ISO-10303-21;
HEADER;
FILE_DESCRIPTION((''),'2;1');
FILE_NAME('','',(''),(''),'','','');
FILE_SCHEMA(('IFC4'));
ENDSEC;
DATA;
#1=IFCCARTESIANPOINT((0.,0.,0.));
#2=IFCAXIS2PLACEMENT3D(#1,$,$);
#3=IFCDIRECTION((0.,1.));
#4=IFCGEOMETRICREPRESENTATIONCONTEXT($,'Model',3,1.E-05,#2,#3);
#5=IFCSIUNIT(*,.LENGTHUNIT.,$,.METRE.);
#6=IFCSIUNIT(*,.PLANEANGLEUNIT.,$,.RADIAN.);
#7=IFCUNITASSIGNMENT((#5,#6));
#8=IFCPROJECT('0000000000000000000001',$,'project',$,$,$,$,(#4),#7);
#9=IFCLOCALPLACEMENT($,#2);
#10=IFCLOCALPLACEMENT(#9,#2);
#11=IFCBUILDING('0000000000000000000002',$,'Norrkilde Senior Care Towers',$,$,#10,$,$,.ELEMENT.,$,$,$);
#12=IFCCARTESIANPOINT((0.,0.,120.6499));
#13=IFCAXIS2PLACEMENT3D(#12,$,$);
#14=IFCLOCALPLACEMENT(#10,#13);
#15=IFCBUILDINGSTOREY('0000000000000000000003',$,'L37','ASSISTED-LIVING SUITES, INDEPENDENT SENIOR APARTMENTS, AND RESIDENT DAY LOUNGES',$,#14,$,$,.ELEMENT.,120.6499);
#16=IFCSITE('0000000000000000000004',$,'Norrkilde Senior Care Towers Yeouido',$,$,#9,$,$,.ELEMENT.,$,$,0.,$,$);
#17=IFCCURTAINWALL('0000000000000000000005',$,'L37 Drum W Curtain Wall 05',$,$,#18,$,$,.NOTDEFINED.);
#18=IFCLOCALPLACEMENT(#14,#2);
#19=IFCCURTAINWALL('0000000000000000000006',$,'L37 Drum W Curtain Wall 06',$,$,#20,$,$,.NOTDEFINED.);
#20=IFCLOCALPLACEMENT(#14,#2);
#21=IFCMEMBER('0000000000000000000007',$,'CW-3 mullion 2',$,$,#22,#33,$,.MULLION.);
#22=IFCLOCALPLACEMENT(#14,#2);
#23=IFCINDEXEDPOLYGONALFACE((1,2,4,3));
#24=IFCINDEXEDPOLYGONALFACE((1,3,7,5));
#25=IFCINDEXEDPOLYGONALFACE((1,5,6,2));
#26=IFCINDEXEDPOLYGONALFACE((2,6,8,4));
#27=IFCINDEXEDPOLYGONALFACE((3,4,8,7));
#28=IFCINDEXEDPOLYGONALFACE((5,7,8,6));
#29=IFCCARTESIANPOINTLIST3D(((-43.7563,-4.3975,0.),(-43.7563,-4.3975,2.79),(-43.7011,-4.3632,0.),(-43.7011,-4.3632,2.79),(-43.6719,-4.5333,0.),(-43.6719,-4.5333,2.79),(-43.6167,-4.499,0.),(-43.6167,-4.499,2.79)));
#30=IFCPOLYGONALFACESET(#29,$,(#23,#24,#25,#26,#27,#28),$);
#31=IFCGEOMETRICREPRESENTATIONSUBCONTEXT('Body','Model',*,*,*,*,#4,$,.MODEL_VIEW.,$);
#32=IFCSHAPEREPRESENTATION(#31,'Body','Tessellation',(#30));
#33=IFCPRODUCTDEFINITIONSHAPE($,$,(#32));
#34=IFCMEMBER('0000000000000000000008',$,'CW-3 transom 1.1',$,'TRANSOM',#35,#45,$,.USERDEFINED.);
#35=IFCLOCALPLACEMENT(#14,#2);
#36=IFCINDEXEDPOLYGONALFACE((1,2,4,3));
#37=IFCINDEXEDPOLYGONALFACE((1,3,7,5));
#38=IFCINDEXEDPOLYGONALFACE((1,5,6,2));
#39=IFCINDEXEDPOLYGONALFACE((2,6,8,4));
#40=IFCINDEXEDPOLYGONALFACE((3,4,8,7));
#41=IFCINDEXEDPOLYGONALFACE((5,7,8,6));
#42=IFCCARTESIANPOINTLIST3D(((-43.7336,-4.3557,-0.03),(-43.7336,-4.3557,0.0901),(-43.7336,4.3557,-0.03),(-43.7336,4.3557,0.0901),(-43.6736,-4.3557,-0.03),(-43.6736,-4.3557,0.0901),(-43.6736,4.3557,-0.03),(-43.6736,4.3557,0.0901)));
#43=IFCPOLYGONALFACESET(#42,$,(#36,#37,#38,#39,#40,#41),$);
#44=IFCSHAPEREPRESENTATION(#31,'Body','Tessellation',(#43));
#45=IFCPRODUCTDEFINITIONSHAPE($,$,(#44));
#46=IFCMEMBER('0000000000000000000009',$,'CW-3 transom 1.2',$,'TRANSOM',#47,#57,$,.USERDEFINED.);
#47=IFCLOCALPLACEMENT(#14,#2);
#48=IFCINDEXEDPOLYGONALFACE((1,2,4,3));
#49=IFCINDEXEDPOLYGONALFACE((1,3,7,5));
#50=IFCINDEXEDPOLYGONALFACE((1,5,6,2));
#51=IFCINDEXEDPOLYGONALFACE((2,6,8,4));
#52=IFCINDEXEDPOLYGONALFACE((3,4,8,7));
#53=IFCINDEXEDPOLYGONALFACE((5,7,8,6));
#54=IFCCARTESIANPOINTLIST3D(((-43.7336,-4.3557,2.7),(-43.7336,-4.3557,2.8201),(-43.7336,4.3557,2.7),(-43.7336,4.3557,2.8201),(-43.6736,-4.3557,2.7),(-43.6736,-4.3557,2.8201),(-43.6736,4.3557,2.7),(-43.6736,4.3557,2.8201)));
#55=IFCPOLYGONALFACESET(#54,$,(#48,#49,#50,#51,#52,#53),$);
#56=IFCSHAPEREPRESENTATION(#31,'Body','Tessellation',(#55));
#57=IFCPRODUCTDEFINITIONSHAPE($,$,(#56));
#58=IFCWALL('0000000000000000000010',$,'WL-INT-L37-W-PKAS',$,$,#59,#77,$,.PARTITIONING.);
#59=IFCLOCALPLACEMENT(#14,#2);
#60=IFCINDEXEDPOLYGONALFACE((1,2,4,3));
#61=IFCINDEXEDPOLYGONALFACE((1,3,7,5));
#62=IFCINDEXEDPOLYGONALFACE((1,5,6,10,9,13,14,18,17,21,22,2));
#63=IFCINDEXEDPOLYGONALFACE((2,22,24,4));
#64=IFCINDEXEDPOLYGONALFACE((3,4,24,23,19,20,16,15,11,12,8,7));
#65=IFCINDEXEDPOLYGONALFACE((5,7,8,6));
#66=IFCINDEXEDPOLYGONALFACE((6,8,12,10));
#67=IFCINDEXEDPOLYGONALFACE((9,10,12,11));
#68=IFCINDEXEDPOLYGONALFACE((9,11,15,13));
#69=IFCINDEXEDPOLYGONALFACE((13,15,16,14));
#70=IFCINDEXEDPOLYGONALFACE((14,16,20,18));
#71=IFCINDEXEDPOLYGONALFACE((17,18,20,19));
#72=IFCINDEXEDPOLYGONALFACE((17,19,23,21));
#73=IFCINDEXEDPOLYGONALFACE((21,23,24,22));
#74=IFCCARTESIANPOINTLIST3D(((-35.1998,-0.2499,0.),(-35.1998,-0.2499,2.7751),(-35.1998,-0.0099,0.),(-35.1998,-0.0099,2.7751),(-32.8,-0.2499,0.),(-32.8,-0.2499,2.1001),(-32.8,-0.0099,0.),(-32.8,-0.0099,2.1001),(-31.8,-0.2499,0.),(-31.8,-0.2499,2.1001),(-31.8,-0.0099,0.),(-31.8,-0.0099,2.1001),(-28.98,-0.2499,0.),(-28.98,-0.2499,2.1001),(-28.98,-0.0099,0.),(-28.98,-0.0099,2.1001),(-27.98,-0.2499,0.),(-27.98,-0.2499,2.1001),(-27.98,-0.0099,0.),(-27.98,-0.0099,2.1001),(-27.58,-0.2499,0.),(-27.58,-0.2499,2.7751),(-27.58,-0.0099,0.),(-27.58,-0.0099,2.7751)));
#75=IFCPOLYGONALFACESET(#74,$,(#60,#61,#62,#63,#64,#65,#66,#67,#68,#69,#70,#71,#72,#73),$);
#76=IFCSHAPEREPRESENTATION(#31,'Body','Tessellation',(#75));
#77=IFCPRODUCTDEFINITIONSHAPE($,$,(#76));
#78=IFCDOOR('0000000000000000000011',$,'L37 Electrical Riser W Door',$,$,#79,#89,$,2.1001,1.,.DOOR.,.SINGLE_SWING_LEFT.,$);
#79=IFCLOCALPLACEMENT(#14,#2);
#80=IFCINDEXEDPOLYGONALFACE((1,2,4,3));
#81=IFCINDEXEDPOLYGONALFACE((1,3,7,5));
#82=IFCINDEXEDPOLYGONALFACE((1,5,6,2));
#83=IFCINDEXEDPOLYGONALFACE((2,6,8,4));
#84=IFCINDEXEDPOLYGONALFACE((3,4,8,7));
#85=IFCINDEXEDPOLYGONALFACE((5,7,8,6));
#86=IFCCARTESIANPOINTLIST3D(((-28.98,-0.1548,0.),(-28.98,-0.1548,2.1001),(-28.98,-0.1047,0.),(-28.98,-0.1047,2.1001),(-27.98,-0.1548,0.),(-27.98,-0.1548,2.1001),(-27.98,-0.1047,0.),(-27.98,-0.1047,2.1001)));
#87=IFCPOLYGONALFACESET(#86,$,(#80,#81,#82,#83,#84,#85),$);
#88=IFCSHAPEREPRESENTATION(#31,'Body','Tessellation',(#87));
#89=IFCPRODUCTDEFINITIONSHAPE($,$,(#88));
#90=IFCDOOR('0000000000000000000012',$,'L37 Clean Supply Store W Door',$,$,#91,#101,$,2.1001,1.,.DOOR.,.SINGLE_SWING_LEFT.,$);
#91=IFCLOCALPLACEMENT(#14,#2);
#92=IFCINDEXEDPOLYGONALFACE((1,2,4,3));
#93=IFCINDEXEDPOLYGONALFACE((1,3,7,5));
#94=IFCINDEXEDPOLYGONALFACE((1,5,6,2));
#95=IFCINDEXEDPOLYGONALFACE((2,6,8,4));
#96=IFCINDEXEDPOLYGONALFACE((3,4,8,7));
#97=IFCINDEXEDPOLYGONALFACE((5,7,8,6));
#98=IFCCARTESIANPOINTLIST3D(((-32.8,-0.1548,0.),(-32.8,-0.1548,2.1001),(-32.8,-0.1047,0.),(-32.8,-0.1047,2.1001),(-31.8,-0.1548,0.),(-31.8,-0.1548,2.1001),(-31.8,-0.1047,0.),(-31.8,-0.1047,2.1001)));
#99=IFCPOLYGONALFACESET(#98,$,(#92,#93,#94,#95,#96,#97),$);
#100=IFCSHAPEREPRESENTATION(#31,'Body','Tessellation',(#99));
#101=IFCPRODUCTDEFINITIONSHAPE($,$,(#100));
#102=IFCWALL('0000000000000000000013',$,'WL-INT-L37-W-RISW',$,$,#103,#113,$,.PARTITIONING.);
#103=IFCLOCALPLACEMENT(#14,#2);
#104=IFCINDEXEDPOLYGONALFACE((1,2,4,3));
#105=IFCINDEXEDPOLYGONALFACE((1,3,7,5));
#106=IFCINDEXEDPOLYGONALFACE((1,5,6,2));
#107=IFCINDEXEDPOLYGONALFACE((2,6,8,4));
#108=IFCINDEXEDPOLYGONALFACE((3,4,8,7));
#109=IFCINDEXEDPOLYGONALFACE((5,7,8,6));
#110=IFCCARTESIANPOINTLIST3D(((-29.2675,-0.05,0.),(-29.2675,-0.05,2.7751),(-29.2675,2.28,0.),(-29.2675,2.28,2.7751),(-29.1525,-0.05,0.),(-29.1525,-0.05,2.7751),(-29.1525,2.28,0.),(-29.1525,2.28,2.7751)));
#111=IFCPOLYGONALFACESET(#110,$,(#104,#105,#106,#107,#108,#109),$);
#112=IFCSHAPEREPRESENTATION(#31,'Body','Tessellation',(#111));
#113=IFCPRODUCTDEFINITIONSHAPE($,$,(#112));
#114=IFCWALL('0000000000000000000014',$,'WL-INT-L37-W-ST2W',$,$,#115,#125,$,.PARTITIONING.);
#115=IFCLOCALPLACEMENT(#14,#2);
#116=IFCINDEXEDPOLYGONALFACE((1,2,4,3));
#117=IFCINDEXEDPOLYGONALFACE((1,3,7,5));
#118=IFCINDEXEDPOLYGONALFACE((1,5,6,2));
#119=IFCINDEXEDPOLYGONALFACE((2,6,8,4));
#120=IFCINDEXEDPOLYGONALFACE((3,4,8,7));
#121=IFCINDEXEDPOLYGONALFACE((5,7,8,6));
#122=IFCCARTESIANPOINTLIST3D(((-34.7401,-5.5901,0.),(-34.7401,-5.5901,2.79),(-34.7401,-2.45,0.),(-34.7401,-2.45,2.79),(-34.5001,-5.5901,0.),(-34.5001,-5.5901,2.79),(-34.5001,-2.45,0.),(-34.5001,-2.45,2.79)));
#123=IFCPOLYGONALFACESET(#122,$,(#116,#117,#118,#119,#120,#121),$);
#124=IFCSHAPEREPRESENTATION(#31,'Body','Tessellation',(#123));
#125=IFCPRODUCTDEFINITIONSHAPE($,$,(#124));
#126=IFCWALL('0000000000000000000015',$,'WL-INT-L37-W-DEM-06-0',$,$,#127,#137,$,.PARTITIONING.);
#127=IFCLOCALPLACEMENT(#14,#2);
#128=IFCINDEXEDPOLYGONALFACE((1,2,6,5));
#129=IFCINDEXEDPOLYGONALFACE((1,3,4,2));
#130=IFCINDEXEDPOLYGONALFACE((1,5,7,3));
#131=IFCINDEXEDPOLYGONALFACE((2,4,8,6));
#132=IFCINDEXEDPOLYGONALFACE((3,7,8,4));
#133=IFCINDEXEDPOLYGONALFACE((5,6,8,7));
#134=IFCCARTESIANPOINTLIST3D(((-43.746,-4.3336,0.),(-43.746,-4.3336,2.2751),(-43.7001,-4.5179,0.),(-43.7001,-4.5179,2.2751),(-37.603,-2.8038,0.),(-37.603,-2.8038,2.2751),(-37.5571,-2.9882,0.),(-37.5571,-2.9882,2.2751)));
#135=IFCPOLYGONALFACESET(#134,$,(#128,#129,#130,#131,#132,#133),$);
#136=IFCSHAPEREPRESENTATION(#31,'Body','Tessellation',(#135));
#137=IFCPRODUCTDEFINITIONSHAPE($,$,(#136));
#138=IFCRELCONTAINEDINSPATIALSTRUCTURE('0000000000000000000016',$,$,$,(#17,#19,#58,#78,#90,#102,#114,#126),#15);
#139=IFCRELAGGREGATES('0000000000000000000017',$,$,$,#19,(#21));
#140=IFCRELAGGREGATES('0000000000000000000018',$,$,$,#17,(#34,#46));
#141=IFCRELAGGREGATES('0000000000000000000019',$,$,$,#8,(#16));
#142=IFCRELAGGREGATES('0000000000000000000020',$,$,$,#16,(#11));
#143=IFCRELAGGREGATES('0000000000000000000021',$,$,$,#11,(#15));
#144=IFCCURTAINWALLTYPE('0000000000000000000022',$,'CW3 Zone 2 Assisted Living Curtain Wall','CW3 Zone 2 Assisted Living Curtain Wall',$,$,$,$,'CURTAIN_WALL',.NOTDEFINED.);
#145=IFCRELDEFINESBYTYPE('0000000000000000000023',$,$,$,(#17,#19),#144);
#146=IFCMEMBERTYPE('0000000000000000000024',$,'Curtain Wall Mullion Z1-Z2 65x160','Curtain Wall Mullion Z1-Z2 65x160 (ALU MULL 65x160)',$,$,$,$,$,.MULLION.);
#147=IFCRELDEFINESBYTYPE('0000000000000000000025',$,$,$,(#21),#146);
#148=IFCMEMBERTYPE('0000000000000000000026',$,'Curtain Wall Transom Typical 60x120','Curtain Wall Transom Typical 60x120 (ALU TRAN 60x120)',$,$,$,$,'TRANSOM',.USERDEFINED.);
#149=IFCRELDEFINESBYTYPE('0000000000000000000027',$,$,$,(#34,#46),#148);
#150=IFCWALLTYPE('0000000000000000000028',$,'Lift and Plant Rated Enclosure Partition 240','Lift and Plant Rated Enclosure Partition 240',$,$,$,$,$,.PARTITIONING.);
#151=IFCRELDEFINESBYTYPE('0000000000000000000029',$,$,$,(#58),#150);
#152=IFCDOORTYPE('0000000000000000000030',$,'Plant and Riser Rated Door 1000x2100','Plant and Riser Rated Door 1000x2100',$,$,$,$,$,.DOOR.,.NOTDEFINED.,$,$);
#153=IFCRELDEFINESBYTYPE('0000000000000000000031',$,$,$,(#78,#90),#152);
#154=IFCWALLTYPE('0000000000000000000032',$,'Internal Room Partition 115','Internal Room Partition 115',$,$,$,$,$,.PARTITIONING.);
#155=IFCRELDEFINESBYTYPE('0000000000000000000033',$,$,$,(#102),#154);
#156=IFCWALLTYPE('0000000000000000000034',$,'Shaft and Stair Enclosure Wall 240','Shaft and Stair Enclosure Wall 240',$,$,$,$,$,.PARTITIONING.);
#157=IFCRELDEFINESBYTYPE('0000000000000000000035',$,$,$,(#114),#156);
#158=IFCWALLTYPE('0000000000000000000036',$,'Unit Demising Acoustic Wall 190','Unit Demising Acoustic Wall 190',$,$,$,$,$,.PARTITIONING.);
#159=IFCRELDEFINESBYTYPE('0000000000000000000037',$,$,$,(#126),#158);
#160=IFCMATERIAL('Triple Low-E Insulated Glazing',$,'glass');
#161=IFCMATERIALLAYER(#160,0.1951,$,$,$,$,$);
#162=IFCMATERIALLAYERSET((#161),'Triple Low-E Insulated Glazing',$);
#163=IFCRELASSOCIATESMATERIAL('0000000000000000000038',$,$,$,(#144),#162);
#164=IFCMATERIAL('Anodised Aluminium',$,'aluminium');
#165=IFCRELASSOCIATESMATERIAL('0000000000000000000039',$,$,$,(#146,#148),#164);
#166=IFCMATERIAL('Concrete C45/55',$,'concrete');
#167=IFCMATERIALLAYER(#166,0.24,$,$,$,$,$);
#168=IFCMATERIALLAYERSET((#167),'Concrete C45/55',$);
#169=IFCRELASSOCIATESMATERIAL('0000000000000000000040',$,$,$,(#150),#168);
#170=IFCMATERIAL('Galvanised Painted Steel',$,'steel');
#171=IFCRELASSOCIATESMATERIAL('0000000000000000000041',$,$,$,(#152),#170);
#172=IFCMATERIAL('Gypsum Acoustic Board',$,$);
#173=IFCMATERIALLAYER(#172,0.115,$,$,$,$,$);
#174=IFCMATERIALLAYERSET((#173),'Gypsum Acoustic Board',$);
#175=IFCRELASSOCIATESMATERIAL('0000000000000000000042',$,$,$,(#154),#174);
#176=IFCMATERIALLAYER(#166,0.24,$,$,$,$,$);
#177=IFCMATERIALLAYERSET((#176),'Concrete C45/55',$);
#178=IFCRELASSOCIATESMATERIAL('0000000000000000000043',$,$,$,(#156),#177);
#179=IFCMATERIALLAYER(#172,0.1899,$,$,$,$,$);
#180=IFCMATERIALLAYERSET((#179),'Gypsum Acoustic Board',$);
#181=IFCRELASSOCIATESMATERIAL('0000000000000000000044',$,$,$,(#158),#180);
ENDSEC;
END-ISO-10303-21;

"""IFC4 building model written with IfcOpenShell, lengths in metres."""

from ifc_helpers import new_model, si_unit, direction, frame, frame_2d, origin, origin_2d, place, context, subcontext, project, spatial, rectangle, extrude, source, transform, mapped, material, layer, layer_set, material_profile, profile_set, type_object, type_shapes, element, fill, aggregate, save


model = new_model("IFC4")

# Units and contexts
model_context = context("Model", 3, precision=1e-05, world=origin(), true_north=direction((0.0, 1.0)))
body_context = subcontext(model_context, "Body", "Model", "MODEL_VIEW")
ifc_project = project(units=[si_unit("LENGTHUNIT", "METRE"), si_unit("PLANEANGLEUNIT", "RADIAN")], contexts=[model_context])

# Site, building, storey
site_placement = place(None, origin())
site = spatial("IfcSite", under=ifc_project, at=site_placement, Name="Norrkilde Senior Care Towers Yeouido", CompositionType="ELEMENT", RefElevation=0.0)
building_placement = place(site_placement, origin())
building = spatial("IfcBuilding", under=site, at=building_placement, Name="Norrkilde Senior Care Towers", CompositionType="ELEMENT")
storey_placement = place(building_placement, frame((0.0, 0.0, 120.6499)))
storey = spatial("IfcBuildingStorey", under=building, at=storey_placement, Name="L37", Description="ASSISTED-LIVING SUITES, INDEPENDENT SENIOR APARTMENTS, AND RESIDENT DAY LOUNGES", CompositionType="ELEMENT", Elevation=120.6499)

# Curtain walls, member
ifc_material_1 = material(Name="Triple Low-E Insulated Glazing", Category="glass")
ifc_layer_1 = layer(ifc_material_1, 0.1951)
ifc_layer_set_1 = layer_set([ifc_layer_1], Name="Triple Low-E Insulated Glazing")
curtain_wall_type = type_object("IfcCurtainWallType", Name="CW3 Zone 2 Assisted Living Curtain Wall", Description="CW3 Zone 2 Assisted Living Curtain Wall", ElementType="CURTAIN_WALL", PredefinedType="NOTDEFINED", material=ifc_layer_set_1)
curtain_wall_1_placement = place(storey_placement, origin())
curtain_wall_1 = element("IfcCurtainWall", 1, at=curtain_wall_1_placement, inside=storey, type_object=curtain_wall_type, Name="L37 Drum W Curtain Wall 05", PredefinedType="NOTDEFINED")
ifc_material_2 = material(Name="Anodised Aluminium", Category="aluminium")
ifc_material_profile_1 = material_profile(ifc_material_2, rectangle(XDim=0.0649, YDim=0.1599, at=origin_2d()), Name="ALU MULL 65x160")
ifc_profile_set_1 = profile_set([ifc_material_profile_1], Name="Anodised Aluminium")
member_type_1 = type_object("IfcMemberType", Name="Curtain Wall Mullion Z1-Z2 65x160", Description="Curtain Wall Mullion Z1-Z2 65x160 (ALU MULL 65x160)", PredefinedType="MULLION", material=ifc_profile_set_1)
shared_shape_1 = source(origin(), body_context, "Body", "SweptSolid", [
    extrude(rectangle(XDim=0.0649, YDim=0.1599, at=origin_2d()), origin(), (0.0, 0.0, 1.0), 2.79),
])
type_shapes(member_type_1, [shared_shape_1])
curtain_wall_2_placement = place(storey_placement, origin())
curtain_wall_2 = element("IfcCurtainWall", 2, at=curtain_wall_2_placement, inside=storey, type_object=curtain_wall_type, Name="L37 Drum W Curtain Wall 06", PredefinedType="NOTDEFINED")
member_1_placement = place(storey_placement, frame((-43.6865, -4.4482, 0.0), z_axis=(0.0, 0.0, 1.0), x_axis=(-0.84941, -0.527733, 0.0)))
member_1 = element("IfcMember", 3, at=member_1_placement, type_object=member_type_1, Name="CW-3 mullion 2", PredefinedType="MULLION", context=body_context, shape_type="MappedRepresentation", body=[
    mapped(shared_shape_1, transform((0.0, 0.0, 0.0), x_axis=(1.0, 0.0, 0.0), y_axis=(0.0, 1.0, 0.0), z_axis=(0.0, 0.0, 1.0), scale=1.0)),
])
aggregate(curtain_wall_2, [member_1])

# Members
ifc_material_profile_2 = material_profile(ifc_material_2, rectangle(XDim=0.0601, YDim=0.1201, at=origin_2d()), Name="ALU TRAN 60x120")
ifc_profile_set_2 = profile_set([ifc_material_profile_2], Name="Anodised Aluminium")
member_type_2 = type_object("IfcMemberType", Name="Curtain Wall Transom Typical 60x120", Description="Curtain Wall Transom Typical 60x120 (ALU TRAN 60x120)", ElementType="TRANSOM", PredefinedType="USERDEFINED", material=ifc_profile_set_2)
shared_shape_2 = source(origin(), body_context, "Body", "SweptSolid", [
    extrude(rectangle(XDim=0.0601, YDim=0.1201, at=origin_2d()), origin(), (0.0, 0.0, 1.0), 8.7114),
])
type_shapes(member_type_2, [shared_shape_2])
member_2_placement = place(storey_placement, frame((-43.7036, -4.3557, 0.03), z_axis=(0.0, 1.0, 0.0), x_axis=(-1.0, 0.0, 0.0)))
member_2 = element("IfcMember", 4, at=member_2_placement, type_object=member_type_2, Name="CW-3 transom 1.1", ObjectType="TRANSOM", PredefinedType="USERDEFINED", context=body_context, shape_type="MappedRepresentation", body=[
    mapped(shared_shape_2, transform((0.0, 0.0, 0.0), x_axis=(1.0, 0.0, 0.0), y_axis=(0.0, 1.0, 0.0), z_axis=(0.0, 0.0, 1.0), scale=1.0)),
])
member_3_placement = place(storey_placement, frame((-43.7036, -4.3557, 2.76), z_axis=(0.0, 1.0, 0.0), x_axis=(-1.0, 0.0, 0.0)))
member_3 = element("IfcMember", 5, at=member_3_placement, type_object=member_type_2, Name="CW-3 transom 1.2", ObjectType="TRANSOM", PredefinedType="USERDEFINED", context=body_context, shape_type="MappedRepresentation", body=[
    mapped(shared_shape_2, transform((0.0, 0.0, 0.0), x_axis=(1.0, 0.0, 0.0), y_axis=(0.0, 1.0, 0.0), z_axis=(0.0, 0.0, 1.0), scale=1.0)),
])
aggregate(curtain_wall_1, [member_2, member_3])

# Shared definitions
ifc_material_3 = material(Name="Galvanised Painted Steel", Category="steel")

# Wall, openings, doors
ifc_material_4 = material(Name="Concrete C45/55", Category="concrete")
ifc_layer_2 = layer(ifc_material_4, 0.24)
ifc_layer_set_2 = layer_set([ifc_layer_2], Name="Concrete C45/55")
wall_type_1 = type_object("IfcWallType", Name="Lift and Plant Rated Enclosure Partition 240", Description="Lift and Plant Rated Enclosure Partition 240", PredefinedType="PARTITIONING", material=ifc_layer_set_2)
shared_shape_3 = source(origin(), body_context, "Body", "SweptSolid", [
    extrude(rectangle(XDim=7.6199, YDim=0.24, at=frame_2d((3.8101, 0.0))), origin(), (0.0, 0.0, 1.0), 2.7751),
])
type_shapes(wall_type_1, [shared_shape_3])
wall_1_placement = place(storey_placement, frame((-35.2, -0.1299, 0.0), z_axis=(0.0, 0.0, 1.0), x_axis=(1.0, 0.0, 0.0)))
wall_1 = element("IfcWall", 6, at=wall_1_placement, inside=storey, type_object=wall_type_1, Name="WL-INT-L37-W-PKAS", PredefinedType="PARTITIONING", context=body_context, shape_type="MappedRepresentation", body=[
    mapped(shared_shape_3, transform((0.0, 0.0, 0.0), x_axis=(1.0, 0.0, 0.0), y_axis=(0.0, 1.0, 0.0), z_axis=(0.0, 0.0, 1.0), scale=1.0)),
])
opening_1_placement = place(wall_1_placement, frame((6.22, 0.0, 0.0)))
opening_1 = element("IfcOpeningElement", 7, at=opening_1_placement, cuts=wall_1, PredefinedType="OPENING", context=body_context, shape_type="SweptSolid", body=[
    extrude(rectangle(XDim=1.0, YDim=2.1001, at=frame_2d((0.5, 1.05))), frame((0.0, 0.1299, 0.0), z_axis=(0.0, -1.0, 0.0), x_axis=(1.0, 0.0, 0.0)), (0.0, 0.0, 1.0), 0.26),
])
opening_2_placement = place(wall_1_placement, frame((2.3999, 0.0, 0.0)))
opening_2 = element("IfcOpeningElement", 8, at=opening_2_placement, cuts=wall_1, PredefinedType="OPENING", context=body_context, shape_type="SweptSolid", body=[
    extrude(rectangle(XDim=1.0, YDim=2.1001, at=frame_2d((0.5, 1.05))), frame((0.0, 0.1299, 0.0), z_axis=(0.0, -1.0, 0.0), x_axis=(1.0, 0.0, 0.0)), (0.0, 0.0, 1.0), 0.26),
])
door_type_1 = type_object("IfcDoorType", Name="Plant and Riser Rated Door 1000x2100", Description="Plant and Riser Rated Door 1000x2100", OperationType="NOTDEFINED", PredefinedType="DOOR", material=ifc_material_3)
shared_shape_4 = source(origin(), body_context, "Body", "SweptSolid", [
    extrude(rectangle(XDim=1.0, YDim=2.1001, at=frame_2d((0.5, 1.05))), frame((0.0, 0.0249, 0.0), z_axis=(0.0, -1.0, 0.0), x_axis=(1.0, 0.0, 0.0)), (0.0, 0.0, 1.0), 0.05),
])
type_shapes(door_type_1, [shared_shape_4])
door_1_placement = place(opening_1_placement, frame((1.0, 0.0, 0.0), z_axis=(0.0, 0.0, 1.0), x_axis=(-1.0, 0.0, 0.0)))
door_1 = element("IfcDoor", 9, at=door_1_placement, inside=storey, type_object=door_type_1, Name="L37 Electrical Riser W Door", OperationType="SINGLE_SWING_LEFT", OverallHeight=2.1001, OverallWidth=1.0, PredefinedType="DOOR", context=body_context, shape_type="MappedRepresentation", body=[
    mapped(shared_shape_4, transform((0.0, 0.0, 0.0), x_axis=(1.0, 0.0, 0.0), y_axis=(0.0, 1.0, 0.0), z_axis=(0.0, 0.0, 1.0), scale=1.0)),
])
fill(opening_1, door_1)
door_2_placement = place(opening_2_placement, frame((1.0, 0.0, 0.0), z_axis=(0.0, 0.0, 1.0), x_axis=(-1.0, 0.0, 0.0)))
door_2 = element("IfcDoor", 10, at=door_2_placement, inside=storey, type_object=door_type_1, Name="L37 Clean Supply Store W Door", OperationType="SINGLE_SWING_LEFT", OverallHeight=2.1001, OverallWidth=1.0, PredefinedType="DOOR", context=body_context, shape_type="MappedRepresentation", body=[
    mapped(shared_shape_4, transform((0.0, 0.0, 0.0), x_axis=(1.0, 0.0, 0.0), y_axis=(0.0, 1.0, 0.0), z_axis=(0.0, 0.0, 1.0), scale=1.0)),
])
fill(opening_2, door_2)

# Wall
ifc_material_5 = material(Name="Gypsum Acoustic Board")
ifc_layer_3 = layer(ifc_material_5, 0.115)
ifc_layer_set_3 = layer_set([ifc_layer_3], Name="Gypsum Acoustic Board")
wall_type_2 = type_object("IfcWallType", Name="Internal Room Partition 115", Description="Internal Room Partition 115", PredefinedType="PARTITIONING", material=ifc_layer_set_3)
shared_shape_5 = source(origin(), body_context, "Body", "SweptSolid", [
    extrude(rectangle(XDim=2.3301, YDim=0.115, at=frame_2d((1.165, 0.0))), origin(), (0.0, 0.0, 1.0), 2.7751),
])
type_shapes(wall_type_2, [shared_shape_5])
wall_2_placement = place(storey_placement, frame((-29.21, -0.05, 0.0), z_axis=(0.0, 0.0, 1.0), x_axis=(0.0, 1.0, 0.0)))
element("IfcWall", 11, at=wall_2_placement, inside=storey, type_object=wall_type_2, Name="WL-INT-L37-W-RISW", PredefinedType="PARTITIONING", context=body_context, shape_type="MappedRepresentation", body=[
    mapped(shared_shape_5, transform((0.0, 0.0, 0.0), x_axis=(1.0, 0.0, 0.0), y_axis=(0.0, 1.0, 0.0), z_axis=(0.0, 0.0, 1.0), scale=1.0)),
])

# Shared definitions
ifc_layer_4 = layer(ifc_material_4, 0.24)
ifc_layer_set_4 = layer_set([ifc_layer_4], Name="Concrete C45/55")
wall_type_3 = type_object("IfcWallType", Name="Shaft and Stair Enclosure Wall 240", Description="Shaft and Stair Enclosure Wall 240", PredefinedType="PARTITIONING", material=ifc_layer_set_4)

# Walls
shared_shape_6 = source(origin(), body_context, "Body", "SweptSolid", [
    extrude(rectangle(XDim=3.1401, YDim=0.24, at=frame_2d((1.5701, 0.0))), origin(), (0.0, 0.0, 1.0), 2.79),
])
wall_3_placement = place(storey_placement, frame((-34.6201, -5.5901, 0.0), z_axis=(0.0, 0.0, 1.0), x_axis=(0.0, 1.0, 0.0)))
element("IfcWall", 12, at=wall_3_placement, inside=storey, type_object=wall_type_3, Name="WL-INT-L37-W-ST2W", PredefinedType="PARTITIONING", context=body_context, shape_type="MappedRepresentation", body=[
    mapped(shared_shape_6, transform((0.0, 0.0, 0.0), x_axis=(1.0, 0.0, 0.0), y_axis=(0.0, 1.0, 0.0), z_axis=(0.0, 0.0, 1.0), scale=1.0)),
])
ifc_layer_5 = layer(ifc_material_5, 0.1899)
ifc_layer_set_5 = layer_set([ifc_layer_5], Name="Gypsum Acoustic Board")
wall_type_4 = type_object("IfcWallType", Name="Unit Demising Acoustic Wall 190", Description="Unit Demising Acoustic Wall 190", PredefinedType="PARTITIONING", material=ifc_layer_set_5)
shared_shape_7 = source(origin(), body_context, "Body", "SweptSolid", [
    extrude(rectangle(XDim=6.3306, YDim=0.1899, at=frame_2d((3.1653, 0.0))), origin(), (0.0, 0.0, 1.0), 2.2751),
])
type_shapes(wall_type_4, [shared_shape_7])
wall_4_placement = place(storey_placement, frame((-37.5801, -2.896, 0.0), z_axis=(0.0, 0.0, 1.0), x_axis=(-0.970364, -0.241646, 0.0)))
element("IfcWall", 13, at=wall_4_placement, inside=storey, type_object=wall_type_4, Name="WL-INT-L37-W-DEM-06-0", PredefinedType="PARTITIONING", context=body_context, shape_type="MappedRepresentation", body=[
    mapped(shared_shape_7, transform((0.0, 0.0, 0.0), x_axis=(1.0, 0.0, 0.0), y_axis=(0.0, 1.0, 0.0), z_axis=(0.0, 0.0, 1.0), scale=1.0)),
])

save(model, "model.ifc")
